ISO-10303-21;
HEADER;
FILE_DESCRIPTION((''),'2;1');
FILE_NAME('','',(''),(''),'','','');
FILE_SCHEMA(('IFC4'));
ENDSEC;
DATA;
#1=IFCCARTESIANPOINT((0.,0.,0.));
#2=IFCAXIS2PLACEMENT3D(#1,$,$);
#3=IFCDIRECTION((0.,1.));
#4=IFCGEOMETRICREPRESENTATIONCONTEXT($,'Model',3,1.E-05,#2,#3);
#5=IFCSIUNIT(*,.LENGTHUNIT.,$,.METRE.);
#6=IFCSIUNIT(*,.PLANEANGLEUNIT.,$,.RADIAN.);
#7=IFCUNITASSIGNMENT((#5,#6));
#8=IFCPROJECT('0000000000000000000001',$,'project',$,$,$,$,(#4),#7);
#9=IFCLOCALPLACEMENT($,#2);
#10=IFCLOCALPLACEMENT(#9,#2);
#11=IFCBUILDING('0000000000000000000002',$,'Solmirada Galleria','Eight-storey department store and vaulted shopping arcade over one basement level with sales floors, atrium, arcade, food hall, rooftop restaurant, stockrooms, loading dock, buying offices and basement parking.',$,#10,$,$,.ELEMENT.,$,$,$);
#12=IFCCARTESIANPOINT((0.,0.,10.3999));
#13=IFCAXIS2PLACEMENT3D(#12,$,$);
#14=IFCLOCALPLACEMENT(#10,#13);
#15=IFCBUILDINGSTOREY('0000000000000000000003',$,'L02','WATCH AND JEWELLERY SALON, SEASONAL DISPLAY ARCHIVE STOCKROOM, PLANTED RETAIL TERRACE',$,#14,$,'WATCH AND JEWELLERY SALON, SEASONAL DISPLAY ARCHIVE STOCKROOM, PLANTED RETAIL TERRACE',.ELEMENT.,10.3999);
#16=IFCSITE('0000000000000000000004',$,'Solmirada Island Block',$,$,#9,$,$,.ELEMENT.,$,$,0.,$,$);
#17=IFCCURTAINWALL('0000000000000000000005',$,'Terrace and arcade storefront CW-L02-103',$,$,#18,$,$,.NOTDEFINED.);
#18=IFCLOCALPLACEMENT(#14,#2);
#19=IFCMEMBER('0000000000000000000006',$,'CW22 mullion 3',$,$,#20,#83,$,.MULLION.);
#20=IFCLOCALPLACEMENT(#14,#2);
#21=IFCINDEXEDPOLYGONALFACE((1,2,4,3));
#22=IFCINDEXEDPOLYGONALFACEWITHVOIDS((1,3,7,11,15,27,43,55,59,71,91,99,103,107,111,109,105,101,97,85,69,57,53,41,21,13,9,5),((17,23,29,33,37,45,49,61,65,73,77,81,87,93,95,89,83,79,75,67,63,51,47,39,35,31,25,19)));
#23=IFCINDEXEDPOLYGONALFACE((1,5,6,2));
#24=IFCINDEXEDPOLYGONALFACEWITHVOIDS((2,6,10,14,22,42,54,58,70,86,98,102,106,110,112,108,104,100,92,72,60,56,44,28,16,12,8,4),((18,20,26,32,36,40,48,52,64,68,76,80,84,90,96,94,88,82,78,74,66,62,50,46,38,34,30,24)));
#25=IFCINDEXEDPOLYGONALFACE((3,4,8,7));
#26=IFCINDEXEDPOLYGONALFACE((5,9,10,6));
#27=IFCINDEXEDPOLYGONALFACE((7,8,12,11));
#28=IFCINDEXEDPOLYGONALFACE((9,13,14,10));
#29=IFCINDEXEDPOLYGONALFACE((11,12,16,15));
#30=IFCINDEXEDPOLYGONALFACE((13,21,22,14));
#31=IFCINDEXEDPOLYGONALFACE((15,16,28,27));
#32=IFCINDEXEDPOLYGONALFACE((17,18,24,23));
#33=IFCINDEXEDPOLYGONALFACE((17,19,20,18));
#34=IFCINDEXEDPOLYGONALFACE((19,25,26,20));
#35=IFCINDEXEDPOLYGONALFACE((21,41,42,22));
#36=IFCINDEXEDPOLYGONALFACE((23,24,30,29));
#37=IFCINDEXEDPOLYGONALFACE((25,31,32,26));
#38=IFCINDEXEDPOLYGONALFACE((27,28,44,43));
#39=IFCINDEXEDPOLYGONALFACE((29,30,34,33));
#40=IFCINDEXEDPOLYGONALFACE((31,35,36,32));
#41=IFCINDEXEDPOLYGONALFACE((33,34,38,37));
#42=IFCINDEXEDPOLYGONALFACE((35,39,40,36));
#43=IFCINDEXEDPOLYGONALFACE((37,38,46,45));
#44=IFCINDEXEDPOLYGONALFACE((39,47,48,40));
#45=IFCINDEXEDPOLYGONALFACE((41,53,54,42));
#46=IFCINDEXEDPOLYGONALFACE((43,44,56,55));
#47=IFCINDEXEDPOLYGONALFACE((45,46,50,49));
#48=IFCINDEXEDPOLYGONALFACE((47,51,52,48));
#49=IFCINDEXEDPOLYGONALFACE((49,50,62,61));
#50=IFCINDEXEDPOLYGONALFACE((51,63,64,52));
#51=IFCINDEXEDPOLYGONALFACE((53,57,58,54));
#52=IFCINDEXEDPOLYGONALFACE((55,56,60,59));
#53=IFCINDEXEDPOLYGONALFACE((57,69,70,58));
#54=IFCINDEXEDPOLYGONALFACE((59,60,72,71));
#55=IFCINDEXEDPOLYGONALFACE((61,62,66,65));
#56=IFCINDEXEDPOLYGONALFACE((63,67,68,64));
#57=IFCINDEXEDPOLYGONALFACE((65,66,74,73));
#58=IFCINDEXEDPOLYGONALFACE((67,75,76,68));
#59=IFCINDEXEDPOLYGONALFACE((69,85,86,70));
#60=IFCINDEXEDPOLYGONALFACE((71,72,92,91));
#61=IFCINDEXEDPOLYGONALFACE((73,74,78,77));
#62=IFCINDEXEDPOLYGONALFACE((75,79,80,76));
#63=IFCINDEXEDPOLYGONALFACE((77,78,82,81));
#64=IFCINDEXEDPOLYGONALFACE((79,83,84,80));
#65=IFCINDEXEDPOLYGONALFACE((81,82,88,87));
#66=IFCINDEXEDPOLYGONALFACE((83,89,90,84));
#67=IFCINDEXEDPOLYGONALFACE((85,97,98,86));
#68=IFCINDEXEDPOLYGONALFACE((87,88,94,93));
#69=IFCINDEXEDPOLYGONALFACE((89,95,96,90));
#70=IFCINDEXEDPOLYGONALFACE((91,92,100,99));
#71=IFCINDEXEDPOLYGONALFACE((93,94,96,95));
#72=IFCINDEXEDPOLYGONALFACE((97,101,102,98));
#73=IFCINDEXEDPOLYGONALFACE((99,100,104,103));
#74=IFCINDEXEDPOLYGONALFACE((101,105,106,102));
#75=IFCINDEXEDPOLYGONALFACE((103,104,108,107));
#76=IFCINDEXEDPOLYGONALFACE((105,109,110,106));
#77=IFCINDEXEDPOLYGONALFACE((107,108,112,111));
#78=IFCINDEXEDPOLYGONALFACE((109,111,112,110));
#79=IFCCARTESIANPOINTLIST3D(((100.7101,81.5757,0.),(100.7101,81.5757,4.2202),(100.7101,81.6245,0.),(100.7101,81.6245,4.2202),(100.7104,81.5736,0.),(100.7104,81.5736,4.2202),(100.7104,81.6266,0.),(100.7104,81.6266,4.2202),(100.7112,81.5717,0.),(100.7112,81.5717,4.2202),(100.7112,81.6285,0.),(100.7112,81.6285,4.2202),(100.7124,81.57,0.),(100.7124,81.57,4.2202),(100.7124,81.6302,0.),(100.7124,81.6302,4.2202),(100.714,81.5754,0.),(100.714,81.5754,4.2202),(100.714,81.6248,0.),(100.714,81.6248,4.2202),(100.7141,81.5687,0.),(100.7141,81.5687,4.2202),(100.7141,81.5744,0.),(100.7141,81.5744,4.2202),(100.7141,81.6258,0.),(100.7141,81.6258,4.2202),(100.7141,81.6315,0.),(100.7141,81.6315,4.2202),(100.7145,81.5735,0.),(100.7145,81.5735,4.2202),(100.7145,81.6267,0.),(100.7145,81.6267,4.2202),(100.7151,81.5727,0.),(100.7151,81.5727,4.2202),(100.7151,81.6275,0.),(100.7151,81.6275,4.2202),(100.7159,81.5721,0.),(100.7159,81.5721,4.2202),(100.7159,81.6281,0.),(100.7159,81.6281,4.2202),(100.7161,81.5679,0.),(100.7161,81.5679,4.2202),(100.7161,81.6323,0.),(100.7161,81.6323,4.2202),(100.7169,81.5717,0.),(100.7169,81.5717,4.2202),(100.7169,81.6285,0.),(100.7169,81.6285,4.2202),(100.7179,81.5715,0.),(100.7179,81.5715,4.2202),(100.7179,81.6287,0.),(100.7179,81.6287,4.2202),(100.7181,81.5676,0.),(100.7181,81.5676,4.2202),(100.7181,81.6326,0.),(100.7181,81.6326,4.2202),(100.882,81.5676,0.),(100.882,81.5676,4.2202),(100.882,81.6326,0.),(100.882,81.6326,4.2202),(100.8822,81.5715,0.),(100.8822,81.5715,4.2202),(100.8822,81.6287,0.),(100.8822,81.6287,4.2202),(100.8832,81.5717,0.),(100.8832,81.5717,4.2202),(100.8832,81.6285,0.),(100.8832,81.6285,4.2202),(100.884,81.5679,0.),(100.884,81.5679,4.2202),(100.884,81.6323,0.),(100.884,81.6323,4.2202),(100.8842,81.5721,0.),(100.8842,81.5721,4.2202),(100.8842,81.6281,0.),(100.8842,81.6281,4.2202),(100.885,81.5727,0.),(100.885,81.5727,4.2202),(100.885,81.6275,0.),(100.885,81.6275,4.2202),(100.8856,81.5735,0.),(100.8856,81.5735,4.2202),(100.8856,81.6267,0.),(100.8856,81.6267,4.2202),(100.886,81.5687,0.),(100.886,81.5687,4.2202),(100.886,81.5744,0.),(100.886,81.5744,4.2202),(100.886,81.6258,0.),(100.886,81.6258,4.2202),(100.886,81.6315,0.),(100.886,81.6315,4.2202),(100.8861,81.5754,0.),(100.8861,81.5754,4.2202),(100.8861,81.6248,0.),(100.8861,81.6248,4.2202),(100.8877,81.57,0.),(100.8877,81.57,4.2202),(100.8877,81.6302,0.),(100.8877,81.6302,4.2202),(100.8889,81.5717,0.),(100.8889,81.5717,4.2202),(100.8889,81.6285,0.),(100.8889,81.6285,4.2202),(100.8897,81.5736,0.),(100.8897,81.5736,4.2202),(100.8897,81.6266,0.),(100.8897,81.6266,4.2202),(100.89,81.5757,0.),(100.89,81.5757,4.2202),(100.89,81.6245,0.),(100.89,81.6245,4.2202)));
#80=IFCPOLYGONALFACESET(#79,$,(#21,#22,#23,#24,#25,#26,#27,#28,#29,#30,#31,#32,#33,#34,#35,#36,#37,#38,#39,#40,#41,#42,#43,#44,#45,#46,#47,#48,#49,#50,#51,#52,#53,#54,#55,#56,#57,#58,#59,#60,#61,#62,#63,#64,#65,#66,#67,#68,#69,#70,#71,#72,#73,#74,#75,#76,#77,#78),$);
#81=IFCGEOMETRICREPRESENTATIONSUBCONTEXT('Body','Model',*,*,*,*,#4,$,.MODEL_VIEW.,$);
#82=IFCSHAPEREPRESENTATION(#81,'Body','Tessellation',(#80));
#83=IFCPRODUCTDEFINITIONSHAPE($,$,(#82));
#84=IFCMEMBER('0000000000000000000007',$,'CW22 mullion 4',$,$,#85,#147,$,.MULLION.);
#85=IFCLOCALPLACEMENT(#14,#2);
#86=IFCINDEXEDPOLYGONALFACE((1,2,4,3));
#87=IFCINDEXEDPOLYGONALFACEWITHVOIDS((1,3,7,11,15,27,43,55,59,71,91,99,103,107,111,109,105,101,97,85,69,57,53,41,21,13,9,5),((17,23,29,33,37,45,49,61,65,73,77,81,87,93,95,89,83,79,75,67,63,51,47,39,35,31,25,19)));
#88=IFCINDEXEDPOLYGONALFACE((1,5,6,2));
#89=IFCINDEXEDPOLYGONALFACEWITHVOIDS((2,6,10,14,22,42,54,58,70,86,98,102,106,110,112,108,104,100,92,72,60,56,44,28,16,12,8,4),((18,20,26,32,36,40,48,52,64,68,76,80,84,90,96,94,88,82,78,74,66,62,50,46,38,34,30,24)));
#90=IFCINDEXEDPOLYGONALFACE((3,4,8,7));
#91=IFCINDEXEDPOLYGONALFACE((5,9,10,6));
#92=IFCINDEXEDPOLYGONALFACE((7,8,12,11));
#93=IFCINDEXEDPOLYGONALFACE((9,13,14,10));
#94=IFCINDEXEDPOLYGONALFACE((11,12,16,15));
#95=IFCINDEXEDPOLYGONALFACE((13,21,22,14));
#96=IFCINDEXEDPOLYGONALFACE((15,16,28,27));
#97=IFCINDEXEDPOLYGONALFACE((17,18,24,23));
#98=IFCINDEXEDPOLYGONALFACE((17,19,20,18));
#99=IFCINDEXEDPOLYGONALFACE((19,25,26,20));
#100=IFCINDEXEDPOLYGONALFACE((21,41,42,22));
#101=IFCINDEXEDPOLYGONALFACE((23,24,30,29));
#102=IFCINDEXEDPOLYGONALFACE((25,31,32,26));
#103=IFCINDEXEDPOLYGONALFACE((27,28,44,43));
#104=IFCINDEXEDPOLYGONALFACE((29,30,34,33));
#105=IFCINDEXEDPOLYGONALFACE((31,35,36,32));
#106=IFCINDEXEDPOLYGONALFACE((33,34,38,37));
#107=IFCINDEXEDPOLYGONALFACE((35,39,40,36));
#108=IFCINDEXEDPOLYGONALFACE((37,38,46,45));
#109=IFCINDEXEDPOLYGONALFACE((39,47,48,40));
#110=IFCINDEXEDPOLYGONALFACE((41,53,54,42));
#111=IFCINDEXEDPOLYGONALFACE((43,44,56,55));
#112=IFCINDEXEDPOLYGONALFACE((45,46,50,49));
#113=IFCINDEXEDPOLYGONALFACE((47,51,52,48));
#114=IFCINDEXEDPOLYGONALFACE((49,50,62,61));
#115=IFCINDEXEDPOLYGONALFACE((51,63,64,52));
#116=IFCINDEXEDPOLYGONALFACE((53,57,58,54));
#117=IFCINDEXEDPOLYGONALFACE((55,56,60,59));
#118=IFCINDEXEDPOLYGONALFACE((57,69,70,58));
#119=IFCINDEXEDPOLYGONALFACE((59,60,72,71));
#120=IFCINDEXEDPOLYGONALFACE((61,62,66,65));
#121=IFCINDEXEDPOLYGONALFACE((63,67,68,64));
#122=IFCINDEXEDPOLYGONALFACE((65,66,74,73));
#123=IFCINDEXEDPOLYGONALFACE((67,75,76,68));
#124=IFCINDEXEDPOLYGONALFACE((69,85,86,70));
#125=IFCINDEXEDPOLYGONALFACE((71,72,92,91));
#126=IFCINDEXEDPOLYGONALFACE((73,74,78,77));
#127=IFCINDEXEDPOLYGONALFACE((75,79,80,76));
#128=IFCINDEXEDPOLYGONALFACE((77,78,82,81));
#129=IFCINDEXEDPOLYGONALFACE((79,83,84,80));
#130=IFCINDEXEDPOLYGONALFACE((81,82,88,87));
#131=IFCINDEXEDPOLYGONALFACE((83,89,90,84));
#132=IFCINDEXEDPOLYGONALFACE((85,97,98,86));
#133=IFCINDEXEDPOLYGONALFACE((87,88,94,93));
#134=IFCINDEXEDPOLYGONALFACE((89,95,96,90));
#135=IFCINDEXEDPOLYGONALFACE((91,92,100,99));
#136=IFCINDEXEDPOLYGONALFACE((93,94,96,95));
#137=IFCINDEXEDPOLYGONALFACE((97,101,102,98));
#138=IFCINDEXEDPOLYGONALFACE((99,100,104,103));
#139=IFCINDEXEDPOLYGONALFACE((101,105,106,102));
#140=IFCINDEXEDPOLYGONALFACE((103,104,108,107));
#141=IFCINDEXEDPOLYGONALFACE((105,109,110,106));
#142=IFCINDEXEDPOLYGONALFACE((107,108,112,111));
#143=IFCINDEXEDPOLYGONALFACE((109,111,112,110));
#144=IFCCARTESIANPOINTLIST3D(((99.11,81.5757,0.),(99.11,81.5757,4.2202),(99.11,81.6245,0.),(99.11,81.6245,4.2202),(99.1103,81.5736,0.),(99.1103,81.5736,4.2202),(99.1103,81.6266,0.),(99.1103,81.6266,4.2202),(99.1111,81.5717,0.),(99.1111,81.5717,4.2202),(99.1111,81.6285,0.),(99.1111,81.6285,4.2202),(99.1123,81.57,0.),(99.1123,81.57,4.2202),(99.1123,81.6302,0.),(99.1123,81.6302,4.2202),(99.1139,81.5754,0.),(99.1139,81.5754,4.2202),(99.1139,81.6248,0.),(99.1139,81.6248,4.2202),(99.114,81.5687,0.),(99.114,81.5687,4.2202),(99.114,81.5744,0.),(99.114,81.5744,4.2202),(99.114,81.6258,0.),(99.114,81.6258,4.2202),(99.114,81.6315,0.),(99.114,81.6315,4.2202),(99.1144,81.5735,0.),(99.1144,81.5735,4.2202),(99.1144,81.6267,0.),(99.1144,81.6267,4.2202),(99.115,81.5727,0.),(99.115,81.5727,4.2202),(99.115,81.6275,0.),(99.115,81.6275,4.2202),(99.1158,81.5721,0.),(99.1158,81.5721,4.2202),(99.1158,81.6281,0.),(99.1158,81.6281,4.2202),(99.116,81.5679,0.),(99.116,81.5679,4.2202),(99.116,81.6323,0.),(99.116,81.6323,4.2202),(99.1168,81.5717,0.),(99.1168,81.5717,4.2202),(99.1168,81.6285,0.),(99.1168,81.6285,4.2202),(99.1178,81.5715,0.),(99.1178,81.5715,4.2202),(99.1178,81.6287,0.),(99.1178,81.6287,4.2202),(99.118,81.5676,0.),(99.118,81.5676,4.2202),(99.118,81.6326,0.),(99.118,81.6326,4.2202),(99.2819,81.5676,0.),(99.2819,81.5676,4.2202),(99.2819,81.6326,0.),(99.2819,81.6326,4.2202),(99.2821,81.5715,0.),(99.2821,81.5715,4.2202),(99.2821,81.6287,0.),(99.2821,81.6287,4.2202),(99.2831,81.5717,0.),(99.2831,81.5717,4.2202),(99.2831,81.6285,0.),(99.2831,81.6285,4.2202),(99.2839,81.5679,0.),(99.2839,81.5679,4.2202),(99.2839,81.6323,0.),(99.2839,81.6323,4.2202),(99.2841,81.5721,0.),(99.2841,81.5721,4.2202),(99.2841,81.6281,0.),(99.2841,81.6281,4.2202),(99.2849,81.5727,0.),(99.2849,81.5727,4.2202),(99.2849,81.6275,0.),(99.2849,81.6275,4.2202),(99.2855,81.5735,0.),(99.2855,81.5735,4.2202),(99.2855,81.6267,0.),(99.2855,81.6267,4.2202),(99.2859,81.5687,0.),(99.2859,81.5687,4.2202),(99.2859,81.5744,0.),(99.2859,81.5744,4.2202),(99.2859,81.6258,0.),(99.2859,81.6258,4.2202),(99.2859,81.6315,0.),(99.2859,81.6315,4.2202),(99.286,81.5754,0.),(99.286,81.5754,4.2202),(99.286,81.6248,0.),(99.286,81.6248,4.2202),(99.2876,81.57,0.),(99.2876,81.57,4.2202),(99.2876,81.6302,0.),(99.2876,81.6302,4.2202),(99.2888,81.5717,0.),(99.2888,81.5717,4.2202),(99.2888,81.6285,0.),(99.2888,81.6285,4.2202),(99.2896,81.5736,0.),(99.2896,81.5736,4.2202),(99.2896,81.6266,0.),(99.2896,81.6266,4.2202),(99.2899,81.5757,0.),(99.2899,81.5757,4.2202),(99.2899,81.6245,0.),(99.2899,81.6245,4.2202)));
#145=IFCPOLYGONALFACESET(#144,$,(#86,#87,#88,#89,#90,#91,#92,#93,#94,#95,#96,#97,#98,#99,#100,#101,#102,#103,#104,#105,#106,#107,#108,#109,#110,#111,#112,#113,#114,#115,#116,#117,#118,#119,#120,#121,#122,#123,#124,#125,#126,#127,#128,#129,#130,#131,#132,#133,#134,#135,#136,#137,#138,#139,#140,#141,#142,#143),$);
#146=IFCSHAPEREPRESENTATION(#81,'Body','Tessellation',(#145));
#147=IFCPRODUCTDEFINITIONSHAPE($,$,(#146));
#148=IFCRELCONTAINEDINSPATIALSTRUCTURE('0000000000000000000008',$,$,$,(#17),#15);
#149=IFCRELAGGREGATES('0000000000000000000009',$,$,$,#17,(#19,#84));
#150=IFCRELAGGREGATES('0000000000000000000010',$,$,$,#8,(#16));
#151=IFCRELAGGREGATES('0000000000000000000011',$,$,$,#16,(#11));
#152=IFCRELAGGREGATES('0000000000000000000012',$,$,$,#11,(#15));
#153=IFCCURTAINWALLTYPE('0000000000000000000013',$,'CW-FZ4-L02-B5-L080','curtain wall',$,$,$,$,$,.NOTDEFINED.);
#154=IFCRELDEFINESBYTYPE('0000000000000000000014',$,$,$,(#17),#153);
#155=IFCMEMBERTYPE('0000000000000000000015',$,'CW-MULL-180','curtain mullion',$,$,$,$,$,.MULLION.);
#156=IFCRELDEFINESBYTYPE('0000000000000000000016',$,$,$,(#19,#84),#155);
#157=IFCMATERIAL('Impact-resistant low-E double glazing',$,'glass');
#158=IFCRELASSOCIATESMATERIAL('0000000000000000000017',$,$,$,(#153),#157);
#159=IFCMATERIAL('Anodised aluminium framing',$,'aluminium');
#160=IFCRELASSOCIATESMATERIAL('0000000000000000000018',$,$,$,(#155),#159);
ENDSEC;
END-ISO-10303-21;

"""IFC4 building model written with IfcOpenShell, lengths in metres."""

from ifc_helpers import new_model, si_unit, direction, frame, origin, origin_2d, place, context, subcontext, project, spatial, hollow_rectangle, extrude, material, material_profile, profile_set, type_object, element, aggregate, save


model = new_model("IFC4")

# Units and contexts
model_context = context("Model", 3, precision=1e-05, world=origin(), true_north=direction((0.0, 1.0)))
body_context = subcontext(model_context, "Body", "Model", "MODEL_VIEW")
ifc_project = project(units=[si_unit("LENGTHUNIT", "METRE"), si_unit("PLANEANGLEUNIT", "RADIAN")], contexts=[model_context])

# Site, building, storey
site_placement = place(None, origin())
site = spatial("IfcSite", under=ifc_project, at=site_placement, Name="Solmirada Island Block", CompositionType="ELEMENT", RefElevation=0.0)
building_placement = place(site_placement, origin())
building = spatial("IfcBuilding", under=site, at=building_placement, Name="Solmirada Galleria", Description="Eight-storey department store and vaulted shopping arcade over one basement level with sales floors, atrium, arcade, food hall, rooftop restaurant, stockrooms, loading dock, buying offices and basement parking.", CompositionType="ELEMENT")
storey_placement = place(building_placement, frame((0.0, 0.0, 10.3999)))
storey = spatial("IfcBuildingStorey", under=building, at=storey_placement, Name="L02", Description="WATCH AND JEWELLERY SALON, SEASONAL DISPLAY ARCHIVE STOCKROOM, PLANTED RETAIL TERRACE", LongName="WATCH AND JEWELLERY SALON, SEASONAL DISPLAY ARCHIVE STOCKROOM, PLANTED RETAIL TERRACE", CompositionType="ELEMENT", Elevation=10.3999)

# Curtain wall, members
ifc_material_1 = material(Name="Impact-resistant low-E double glazing", Category="glass")
curtain_wall_type = type_object("IfcCurtainWallType", Name="CW-FZ4-L02-B5-L080", Description="curtain wall", PredefinedType="NOTDEFINED", material=ifc_material_1)
curtain_wall_placement = place(storey_placement, origin())
curtain_wall = element("IfcCurtainWall", 1, at=curtain_wall_placement, inside=storey, type_object=curtain_wall_type, Name="Terrace and arcade storefront CW-L02-103", PredefinedType="NOTDEFINED")
ifc_material_2 = material(Name="Anodised aluminium framing", Category="aluminium")
ifc_material_profile_1 = material_profile(ifc_material_2, hollow_rectangle(XDim=0.0649, YDim=0.1799, WallThickness=0.0039, InnerFilletRadius=0.0039, OuterFilletRadius=0.0081, at=origin_2d()), Name="ALU-MULL-180X65")
ifc_profile_set_1 = profile_set([ifc_material_profile_1], Name="Anodised aluminium framing")
member_type_1 = type_object("IfcMemberType", Name="CW-MULL-180", Description="curtain mullion", PredefinedType="MULLION", material=ifc_profile_set_1)
member_1_placement = place(storey_placement, frame((100.8, 81.6001, 0.0), z_axis=(0.0, 0.0, 1.0), x_axis=(0.0, -1.0, 0.0)))
member_1 = element("IfcMember", 2, at=member_1_placement, type_object=member_type_1, Name="CW22 mullion 3", PredefinedType="MULLION", context=body_context, shape_type="SweptSolid", body=[
    extrude(hollow_rectangle(XDim=0.0649, YDim=0.1799, WallThickness=0.0039, InnerFilletRadius=0.0039, OuterFilletRadius=0.0081, at=origin_2d()), origin(), (0.0, 0.0, 1.0), 4.2202),
])
member_2_placement = place(storey_placement, frame((99.2, 81.6001, 0.0), z_axis=(0.0, 0.0, 1.0), x_axis=(0.0, -1.0, 0.0)))
member_2 = element("IfcMember", 3, at=member_2_placement, type_object=member_type_1, Name="CW22 mullion 4", PredefinedType="MULLION", context=body_context, shape_type="SweptSolid", body=[
    extrude(hollow_rectangle(XDim=0.0649, YDim=0.1799, WallThickness=0.0039, InnerFilletRadius=0.0039, OuterFilletRadius=0.0081, at=origin_2d()), origin(), (0.0, 0.0, 1.0), 4.2202),
])
aggregate(curtain_wall, [member_1, member_2])

save(model, "model.ifc")
